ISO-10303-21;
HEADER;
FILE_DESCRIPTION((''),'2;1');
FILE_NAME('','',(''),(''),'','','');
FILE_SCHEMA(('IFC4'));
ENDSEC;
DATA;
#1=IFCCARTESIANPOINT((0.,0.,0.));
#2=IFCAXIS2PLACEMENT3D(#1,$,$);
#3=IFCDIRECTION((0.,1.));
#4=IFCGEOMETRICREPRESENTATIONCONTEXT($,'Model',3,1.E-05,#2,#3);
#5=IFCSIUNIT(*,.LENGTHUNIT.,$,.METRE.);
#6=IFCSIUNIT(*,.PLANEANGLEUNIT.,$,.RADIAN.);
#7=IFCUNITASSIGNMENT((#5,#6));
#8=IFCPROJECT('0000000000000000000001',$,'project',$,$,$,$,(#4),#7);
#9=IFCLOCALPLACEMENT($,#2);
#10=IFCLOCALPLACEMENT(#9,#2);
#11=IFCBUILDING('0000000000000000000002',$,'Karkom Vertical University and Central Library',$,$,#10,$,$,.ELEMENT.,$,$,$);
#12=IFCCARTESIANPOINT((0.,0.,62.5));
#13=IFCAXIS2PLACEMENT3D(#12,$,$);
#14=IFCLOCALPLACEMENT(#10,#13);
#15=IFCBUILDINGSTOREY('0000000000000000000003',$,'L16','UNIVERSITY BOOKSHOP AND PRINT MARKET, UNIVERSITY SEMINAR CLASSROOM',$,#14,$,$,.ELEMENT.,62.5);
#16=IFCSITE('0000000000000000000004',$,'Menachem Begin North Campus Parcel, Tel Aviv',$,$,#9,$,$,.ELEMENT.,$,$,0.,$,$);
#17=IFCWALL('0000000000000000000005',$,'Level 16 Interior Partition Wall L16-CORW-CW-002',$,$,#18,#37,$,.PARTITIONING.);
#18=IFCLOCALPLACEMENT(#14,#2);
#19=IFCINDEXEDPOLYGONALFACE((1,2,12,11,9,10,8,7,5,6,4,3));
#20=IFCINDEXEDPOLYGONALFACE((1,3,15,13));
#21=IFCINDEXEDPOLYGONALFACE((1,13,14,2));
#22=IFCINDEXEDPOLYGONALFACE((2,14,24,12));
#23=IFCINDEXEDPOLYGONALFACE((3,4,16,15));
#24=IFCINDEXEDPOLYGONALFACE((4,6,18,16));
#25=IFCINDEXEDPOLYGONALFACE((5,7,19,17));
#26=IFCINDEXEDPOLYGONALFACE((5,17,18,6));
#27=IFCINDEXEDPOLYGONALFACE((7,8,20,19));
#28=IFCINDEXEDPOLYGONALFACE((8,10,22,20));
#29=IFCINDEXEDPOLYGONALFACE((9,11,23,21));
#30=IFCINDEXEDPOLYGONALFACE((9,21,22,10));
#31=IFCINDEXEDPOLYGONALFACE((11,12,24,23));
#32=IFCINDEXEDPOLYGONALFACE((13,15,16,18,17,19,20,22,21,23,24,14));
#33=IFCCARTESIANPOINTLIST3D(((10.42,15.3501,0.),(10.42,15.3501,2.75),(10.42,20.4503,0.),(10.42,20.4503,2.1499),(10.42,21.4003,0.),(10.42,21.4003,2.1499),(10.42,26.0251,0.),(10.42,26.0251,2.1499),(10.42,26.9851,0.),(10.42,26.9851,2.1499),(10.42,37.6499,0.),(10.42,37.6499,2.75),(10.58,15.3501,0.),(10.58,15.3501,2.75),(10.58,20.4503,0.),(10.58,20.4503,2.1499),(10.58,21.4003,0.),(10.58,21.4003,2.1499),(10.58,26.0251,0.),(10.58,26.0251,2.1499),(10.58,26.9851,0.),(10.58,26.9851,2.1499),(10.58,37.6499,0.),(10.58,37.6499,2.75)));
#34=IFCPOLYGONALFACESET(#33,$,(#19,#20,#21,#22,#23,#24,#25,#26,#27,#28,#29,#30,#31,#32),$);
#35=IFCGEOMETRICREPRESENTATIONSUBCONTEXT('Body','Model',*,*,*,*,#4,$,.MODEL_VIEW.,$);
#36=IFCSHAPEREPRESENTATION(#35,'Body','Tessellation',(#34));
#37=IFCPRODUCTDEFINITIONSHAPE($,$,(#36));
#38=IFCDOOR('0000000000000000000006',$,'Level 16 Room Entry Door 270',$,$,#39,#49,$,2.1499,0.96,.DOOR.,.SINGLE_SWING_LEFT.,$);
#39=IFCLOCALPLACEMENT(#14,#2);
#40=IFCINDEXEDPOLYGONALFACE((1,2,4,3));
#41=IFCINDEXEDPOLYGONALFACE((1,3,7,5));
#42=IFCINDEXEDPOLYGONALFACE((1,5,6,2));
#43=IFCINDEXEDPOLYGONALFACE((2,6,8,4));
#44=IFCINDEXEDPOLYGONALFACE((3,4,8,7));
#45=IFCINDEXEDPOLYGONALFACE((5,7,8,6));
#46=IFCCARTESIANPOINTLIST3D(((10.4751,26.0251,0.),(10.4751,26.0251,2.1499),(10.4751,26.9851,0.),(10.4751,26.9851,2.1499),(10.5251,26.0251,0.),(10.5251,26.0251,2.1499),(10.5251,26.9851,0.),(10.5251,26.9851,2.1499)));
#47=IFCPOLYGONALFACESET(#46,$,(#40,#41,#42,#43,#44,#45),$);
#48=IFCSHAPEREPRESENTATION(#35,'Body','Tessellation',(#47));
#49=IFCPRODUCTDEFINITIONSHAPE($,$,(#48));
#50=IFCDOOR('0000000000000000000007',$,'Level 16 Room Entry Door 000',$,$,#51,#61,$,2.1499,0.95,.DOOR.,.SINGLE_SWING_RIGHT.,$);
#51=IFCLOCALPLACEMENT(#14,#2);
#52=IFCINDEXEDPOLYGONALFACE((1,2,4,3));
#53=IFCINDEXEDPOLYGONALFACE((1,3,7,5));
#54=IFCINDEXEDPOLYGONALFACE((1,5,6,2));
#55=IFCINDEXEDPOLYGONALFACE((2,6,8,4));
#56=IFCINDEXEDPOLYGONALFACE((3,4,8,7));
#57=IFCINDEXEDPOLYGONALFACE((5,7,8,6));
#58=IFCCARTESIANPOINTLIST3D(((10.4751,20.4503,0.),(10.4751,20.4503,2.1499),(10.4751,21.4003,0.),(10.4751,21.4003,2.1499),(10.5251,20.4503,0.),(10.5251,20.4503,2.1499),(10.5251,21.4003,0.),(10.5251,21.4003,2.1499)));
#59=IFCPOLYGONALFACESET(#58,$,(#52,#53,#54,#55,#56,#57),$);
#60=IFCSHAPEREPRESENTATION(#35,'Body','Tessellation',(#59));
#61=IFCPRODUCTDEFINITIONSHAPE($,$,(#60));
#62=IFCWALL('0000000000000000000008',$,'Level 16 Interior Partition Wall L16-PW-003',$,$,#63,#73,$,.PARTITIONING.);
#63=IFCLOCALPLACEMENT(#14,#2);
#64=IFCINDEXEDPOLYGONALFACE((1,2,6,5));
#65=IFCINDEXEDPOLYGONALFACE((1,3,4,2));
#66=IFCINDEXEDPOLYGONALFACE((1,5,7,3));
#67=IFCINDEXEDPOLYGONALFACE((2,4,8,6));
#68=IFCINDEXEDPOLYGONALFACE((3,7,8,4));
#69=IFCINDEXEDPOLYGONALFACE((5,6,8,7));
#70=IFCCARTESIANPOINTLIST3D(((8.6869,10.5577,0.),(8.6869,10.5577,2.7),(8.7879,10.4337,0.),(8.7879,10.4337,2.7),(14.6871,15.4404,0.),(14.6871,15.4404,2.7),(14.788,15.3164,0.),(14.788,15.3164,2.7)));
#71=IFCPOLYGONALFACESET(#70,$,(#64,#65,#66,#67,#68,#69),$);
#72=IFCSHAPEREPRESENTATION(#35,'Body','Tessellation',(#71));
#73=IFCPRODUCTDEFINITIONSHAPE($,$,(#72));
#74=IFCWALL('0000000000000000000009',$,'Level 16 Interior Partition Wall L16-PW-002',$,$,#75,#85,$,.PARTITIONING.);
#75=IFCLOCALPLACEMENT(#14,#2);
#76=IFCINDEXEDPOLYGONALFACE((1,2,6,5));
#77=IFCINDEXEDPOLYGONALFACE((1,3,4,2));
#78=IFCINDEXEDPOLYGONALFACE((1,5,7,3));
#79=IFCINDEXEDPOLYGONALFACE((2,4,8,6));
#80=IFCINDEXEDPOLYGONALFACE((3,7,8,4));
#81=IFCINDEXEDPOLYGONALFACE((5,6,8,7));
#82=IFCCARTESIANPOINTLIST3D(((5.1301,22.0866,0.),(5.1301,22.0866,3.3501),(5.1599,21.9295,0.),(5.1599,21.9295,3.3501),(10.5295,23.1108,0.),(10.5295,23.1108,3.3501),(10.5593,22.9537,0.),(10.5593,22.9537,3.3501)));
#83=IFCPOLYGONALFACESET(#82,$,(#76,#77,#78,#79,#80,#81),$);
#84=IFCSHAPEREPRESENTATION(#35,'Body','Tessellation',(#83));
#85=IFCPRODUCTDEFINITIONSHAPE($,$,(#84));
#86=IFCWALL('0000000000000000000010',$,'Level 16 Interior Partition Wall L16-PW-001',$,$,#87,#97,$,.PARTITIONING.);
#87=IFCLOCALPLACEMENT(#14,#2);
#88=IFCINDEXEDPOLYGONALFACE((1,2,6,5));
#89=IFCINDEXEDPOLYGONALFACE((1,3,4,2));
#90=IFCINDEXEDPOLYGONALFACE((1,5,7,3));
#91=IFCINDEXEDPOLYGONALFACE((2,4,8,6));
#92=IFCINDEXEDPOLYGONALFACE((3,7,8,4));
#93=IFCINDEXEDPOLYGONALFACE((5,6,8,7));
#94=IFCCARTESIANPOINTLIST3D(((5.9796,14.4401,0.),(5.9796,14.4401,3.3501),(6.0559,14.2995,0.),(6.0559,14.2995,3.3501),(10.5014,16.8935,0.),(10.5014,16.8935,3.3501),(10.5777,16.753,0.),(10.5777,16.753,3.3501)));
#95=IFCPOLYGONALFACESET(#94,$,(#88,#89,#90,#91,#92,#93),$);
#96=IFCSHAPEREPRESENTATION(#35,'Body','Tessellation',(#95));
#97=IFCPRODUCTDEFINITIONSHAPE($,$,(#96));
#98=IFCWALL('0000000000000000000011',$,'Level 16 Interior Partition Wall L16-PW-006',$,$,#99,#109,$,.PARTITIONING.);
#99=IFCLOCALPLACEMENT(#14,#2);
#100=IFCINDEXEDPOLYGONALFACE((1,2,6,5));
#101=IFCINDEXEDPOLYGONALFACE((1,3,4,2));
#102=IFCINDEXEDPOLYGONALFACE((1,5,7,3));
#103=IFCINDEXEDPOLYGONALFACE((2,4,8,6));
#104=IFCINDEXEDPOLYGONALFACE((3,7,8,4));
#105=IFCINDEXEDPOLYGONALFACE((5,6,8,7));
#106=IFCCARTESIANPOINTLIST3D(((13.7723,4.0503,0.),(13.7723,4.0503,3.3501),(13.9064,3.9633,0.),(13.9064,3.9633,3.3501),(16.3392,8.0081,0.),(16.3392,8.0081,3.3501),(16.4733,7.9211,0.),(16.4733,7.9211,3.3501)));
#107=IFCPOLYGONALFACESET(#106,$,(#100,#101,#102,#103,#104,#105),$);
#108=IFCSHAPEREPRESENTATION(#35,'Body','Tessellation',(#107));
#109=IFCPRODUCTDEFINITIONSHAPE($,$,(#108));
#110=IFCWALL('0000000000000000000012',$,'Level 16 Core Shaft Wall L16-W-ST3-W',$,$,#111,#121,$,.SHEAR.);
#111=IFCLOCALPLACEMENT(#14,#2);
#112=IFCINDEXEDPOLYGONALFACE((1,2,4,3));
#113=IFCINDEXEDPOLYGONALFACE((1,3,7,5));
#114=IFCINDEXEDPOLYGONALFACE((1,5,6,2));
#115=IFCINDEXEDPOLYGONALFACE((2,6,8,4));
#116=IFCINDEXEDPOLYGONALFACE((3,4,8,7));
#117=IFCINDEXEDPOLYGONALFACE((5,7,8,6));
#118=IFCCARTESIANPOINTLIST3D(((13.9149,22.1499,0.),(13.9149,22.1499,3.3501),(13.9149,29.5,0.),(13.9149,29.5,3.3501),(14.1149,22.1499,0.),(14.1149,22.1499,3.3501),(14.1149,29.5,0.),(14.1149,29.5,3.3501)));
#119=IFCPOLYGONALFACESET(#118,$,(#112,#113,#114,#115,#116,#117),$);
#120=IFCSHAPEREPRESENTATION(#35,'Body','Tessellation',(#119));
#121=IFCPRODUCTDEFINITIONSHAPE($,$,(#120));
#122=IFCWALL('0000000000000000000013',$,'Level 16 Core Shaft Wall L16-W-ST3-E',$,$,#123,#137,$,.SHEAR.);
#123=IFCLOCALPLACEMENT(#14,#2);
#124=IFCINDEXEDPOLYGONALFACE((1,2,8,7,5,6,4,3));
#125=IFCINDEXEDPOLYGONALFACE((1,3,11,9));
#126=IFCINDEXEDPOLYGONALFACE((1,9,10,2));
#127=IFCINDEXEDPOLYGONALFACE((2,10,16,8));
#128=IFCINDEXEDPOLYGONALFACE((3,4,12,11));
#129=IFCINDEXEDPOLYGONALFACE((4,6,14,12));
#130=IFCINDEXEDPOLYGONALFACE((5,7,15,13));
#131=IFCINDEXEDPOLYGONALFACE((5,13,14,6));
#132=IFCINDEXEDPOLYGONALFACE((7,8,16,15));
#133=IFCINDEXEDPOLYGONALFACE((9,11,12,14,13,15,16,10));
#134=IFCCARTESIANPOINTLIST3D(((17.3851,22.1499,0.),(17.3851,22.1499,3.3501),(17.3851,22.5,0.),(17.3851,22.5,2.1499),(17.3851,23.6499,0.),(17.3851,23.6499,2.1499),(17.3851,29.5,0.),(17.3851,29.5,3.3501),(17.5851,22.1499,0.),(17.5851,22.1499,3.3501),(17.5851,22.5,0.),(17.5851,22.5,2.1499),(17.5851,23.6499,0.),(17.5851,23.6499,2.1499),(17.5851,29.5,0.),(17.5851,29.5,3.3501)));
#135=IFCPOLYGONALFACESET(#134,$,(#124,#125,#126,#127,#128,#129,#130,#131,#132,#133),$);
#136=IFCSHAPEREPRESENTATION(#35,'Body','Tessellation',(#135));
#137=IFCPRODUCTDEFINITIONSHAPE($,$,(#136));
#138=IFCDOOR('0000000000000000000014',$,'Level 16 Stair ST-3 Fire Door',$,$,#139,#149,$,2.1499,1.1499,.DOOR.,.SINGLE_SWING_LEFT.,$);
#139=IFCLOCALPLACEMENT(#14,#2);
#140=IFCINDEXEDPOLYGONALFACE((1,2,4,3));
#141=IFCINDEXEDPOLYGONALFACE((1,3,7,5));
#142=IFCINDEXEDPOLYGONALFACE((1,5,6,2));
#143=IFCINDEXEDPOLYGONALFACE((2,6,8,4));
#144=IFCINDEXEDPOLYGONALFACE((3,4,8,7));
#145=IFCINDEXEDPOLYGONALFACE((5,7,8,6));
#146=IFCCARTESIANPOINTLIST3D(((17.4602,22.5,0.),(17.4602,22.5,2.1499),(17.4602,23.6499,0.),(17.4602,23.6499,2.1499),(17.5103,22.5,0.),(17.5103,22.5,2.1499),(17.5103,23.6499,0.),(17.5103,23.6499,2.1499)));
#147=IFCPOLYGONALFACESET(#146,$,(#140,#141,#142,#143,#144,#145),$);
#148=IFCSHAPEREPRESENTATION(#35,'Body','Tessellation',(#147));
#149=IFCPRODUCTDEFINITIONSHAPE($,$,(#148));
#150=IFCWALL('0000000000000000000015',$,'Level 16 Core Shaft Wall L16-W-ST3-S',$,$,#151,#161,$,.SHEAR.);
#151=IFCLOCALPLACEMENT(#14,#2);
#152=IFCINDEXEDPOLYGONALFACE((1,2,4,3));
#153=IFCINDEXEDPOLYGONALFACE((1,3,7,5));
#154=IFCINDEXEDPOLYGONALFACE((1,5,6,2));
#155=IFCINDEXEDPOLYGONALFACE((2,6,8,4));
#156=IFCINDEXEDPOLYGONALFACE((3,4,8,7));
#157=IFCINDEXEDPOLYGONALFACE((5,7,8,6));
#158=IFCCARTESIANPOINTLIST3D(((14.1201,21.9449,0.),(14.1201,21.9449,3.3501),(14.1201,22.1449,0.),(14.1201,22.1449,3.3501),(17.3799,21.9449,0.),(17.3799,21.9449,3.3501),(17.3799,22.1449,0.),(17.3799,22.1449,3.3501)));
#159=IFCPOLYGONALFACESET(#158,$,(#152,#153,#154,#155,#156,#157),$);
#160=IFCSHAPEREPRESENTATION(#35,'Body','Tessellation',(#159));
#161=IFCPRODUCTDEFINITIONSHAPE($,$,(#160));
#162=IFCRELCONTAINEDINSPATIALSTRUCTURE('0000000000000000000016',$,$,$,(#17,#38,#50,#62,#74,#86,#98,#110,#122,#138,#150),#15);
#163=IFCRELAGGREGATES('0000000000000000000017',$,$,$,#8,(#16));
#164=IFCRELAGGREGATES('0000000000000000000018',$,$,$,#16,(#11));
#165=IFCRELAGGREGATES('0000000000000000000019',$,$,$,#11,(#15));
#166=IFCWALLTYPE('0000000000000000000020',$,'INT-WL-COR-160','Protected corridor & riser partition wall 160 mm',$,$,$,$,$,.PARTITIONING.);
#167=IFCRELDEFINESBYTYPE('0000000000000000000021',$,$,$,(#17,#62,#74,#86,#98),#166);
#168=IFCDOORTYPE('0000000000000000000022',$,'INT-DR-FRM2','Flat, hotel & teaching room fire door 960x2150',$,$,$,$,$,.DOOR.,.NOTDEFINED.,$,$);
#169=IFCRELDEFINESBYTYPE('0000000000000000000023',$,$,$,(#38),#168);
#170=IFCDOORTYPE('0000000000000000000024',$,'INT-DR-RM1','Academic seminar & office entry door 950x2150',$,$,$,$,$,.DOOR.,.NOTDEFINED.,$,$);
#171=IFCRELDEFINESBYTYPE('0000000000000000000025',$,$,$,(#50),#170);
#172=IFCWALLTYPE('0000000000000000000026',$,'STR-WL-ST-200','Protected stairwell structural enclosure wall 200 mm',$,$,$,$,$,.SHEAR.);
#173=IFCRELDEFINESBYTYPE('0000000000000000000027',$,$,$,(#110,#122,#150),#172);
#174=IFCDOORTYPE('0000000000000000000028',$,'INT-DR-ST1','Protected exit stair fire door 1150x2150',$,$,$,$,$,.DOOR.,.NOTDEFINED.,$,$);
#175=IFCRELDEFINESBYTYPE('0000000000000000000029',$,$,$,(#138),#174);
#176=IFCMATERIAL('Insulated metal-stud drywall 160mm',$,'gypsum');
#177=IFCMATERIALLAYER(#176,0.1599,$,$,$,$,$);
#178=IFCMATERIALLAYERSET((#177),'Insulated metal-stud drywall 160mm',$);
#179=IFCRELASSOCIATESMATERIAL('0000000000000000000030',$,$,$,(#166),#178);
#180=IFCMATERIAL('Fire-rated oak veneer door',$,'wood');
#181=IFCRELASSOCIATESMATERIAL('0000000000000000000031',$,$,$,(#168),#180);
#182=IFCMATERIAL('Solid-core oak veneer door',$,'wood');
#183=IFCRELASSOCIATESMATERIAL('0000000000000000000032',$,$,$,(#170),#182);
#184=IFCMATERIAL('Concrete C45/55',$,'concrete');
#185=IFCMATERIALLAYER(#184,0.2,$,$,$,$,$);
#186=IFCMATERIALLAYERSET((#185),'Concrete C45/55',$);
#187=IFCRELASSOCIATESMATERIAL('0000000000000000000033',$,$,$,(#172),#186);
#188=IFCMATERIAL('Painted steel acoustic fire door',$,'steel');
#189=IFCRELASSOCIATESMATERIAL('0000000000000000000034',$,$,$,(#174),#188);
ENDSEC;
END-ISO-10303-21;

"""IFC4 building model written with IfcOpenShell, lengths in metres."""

from ifc_helpers import new_model, si_unit, direction, frame, frame_2d, origin, origin_with_axes, place, context, subcontext, project, spatial, rectangle, extrude, source, transform, mapped, material, layer, layer_set, type_object, element, fill, save


model = new_model("IFC4")

# Units and contexts
model_context = context("Model", 3, precision=1e-05, world=origin(), true_north=direction((0.0, 1.0)))
body_context = subcontext(model_context, "Body", "Model", "MODEL_VIEW")
ifc_project = project(units=[si_unit("LENGTHUNIT", "METRE"), si_unit("PLANEANGLEUNIT", "RADIAN")], contexts=[model_context])

# Site, building, storey
site_placement = place(None, origin())
site = spatial("IfcSite", under=ifc_project, at=site_placement, Name="Menachem Begin North Campus Parcel, Tel Aviv", CompositionType="ELEMENT", RefElevation=0.0)
building_placement = place(site_placement, origin())
building = spatial("IfcBuilding", under=site, at=building_placement, Name="Karkom Vertical University and Central Library", CompositionType="ELEMENT")
storey_placement = place(building_placement, frame((0.0, 0.0, 62.5)))
storey = spatial("IfcBuildingStorey", under=building, at=storey_placement, Name="L16", Description="UNIVERSITY BOOKSHOP AND PRINT MARKET, UNIVERSITY SEMINAR CLASSROOM", CompositionType="ELEMENT", Elevation=62.5)

# Shared definitions
ifc_material_1 = material(Name="Concrete C45/55", Category="concrete")

# Wall, openings, doors
ifc_material_2 = material(Name="Insulated metal-stud drywall 160mm", Category="gypsum")
ifc_layer_1 = layer(ifc_material_2, 0.1599)
ifc_layer_set_1 = layer_set([ifc_layer_1], Name="Insulated metal-stud drywall 160mm")
wall_type_1 = type_object("IfcWallType", Name="INT-WL-COR-160", Description="Protected corridor & riser partition wall 160 mm", PredefinedType="PARTITIONING", material=ifc_layer_set_1)
wall_1_placement = place(storey_placement, frame((10.5, 15.3501, 0.0), z_axis=(0.0, 0.0, 1.0), x_axis=(0.0, 1.0, 0.0)))
wall_1 = element("IfcWall", 1, at=wall_1_placement, inside=storey, type_object=wall_type_1, Name="Level 16 Interior Partition Wall L16-CORW-CW-002", PredefinedType="PARTITIONING", context=body_context, shape_type="SweptSolid", body=[
    extrude(rectangle(XDim=22.2998, YDim=0.1599, at=frame_2d((11.1499, 0.0))), origin(), (0.0, 0.0, 1.0), 2.75),
])
opening_1_placement = place(wall_1_placement, frame((5.1001, 0.0, 0.0)))
opening_1 = element("IfcOpeningElement", 2, at=opening_1_placement, cuts=wall_1, PredefinedType="OPENING", context=body_context, shape_type="SweptSolid", body=[
    extrude(rectangle(XDim=0.95, YDim=2.1499, at=frame_2d((0.4751, 1.075))), frame((0.0, 0.0898, 0.0), z_axis=(0.0, -1.0, 0.0), x_axis=(1.0, 0.0, 0.0)), (0.0, 0.0, 1.0), 0.1799),
])
opening_2_placement = place(wall_1_placement, frame((10.675, 0.0, 0.0)))
opening_2 = element("IfcOpeningElement", 3, at=opening_2_placement, cuts=wall_1, PredefinedType="OPENING", context=body_context, shape_type="SweptSolid", body=[
    extrude(rectangle(XDim=0.96, YDim=2.1499, at=frame_2d((0.48, 1.075))), frame((0.0, 0.0898, 0.0), z_axis=(0.0, -1.0, 0.0), x_axis=(1.0, 0.0, 0.0)), (0.0, 0.0, 1.0), 0.1799),
])
ifc_material_3 = material(Name="Fire-rated oak veneer door", Category="wood")
door_type_1 = type_object("IfcDoorType", Name="INT-DR-FRM2", Description="Flat, hotel & teaching room fire door 960x2150", OperationType="NOTDEFINED", PredefinedType="DOOR", material=ifc_material_3)
shared_shape_1 = source(origin_with_axes(), body_context, "Body", "SweptSolid", [
    extrude(rectangle(XDim=0.96, YDim=2.1499, at=frame_2d((0.48, 1.075))), frame((0.0, 0.0249, 0.0), z_axis=(0.0, -1.0, 0.0), x_axis=(1.0, 0.0, 0.0)), (0.0, 0.0, 1.0), 0.05),
])
door_1_placement = place(opening_2_placement, origin())
door_1 = element("IfcDoor", 4, at=door_1_placement, inside=storey, type_object=door_type_1, Name="Level 16 Room Entry Door 270", OperationType="SINGLE_SWING_LEFT", OverallHeight=2.1499, OverallWidth=0.96, PredefinedType="DOOR", context=body_context, shape_type="MappedRepresentation", body=[
    mapped(shared_shape_1, transform((0.0, 0.0, 0.0), scale=1.0)),
])
fill(opening_2, door_1)
ifc_material_4 = material(Name="Solid-core oak veneer door", Category="wood")
door_type_2 = type_object("IfcDoorType", Name="INT-DR-RM1", Description="Academic seminar & office entry door 950x2150", OperationType="NOTDEFINED", PredefinedType="DOOR", material=ifc_material_4)
shared_shape_2 = source(origin_with_axes(), body_context, "Body", "SweptSolid", [
    extrude(rectangle(XDim=0.95, YDim=2.1499, at=frame_2d((0.4751, 1.075))), frame((0.0, 0.0249, 0.0), z_axis=(0.0, -1.0, 0.0), x_axis=(1.0, 0.0, 0.0)), (0.0, 0.0, 1.0), 0.05),
])
door_2_placement = place(opening_1_placement, origin())
door_2 = element("IfcDoor", 5, at=door_2_placement, inside=storey, type_object=door_type_2, Name="Level 16 Room Entry Door 000", OperationType="SINGLE_SWING_RIGHT", OverallHeight=2.1499, OverallWidth=0.95, PredefinedType="DOOR", context=body_context, shape_type="MappedRepresentation", body=[
    mapped(shared_shape_2, transform((0.0, 0.0, 0.0), scale=1.0)),
])
fill(opening_1, door_2)

# Walls
wall_2_placement = place(storey_placement, frame((14.7375, 15.3784, 0.0), z_axis=(0.0, 0.0, 1.0), x_axis=(-0.775632, -0.631185, 0.0)))
element("IfcWall", 6, at=wall_2_placement, inside=storey, type_object=wall_type_1, Name="Level 16 Interior Partition Wall L16-PW-003", PredefinedType="PARTITIONING", context=body_context, shape_type="SweptSolid", body=[
    extrude(rectangle(XDim=7.7358, YDim=0.1599, at=frame_2d((3.8679, 0.0))), origin(), (0.0, 0.0, 1.0), 2.7),
])
wall_3_placement = place(storey_placement, frame((5.145, 22.0081, 0.0), z_axis=(0.0, 0.0, 1.0), x_axis=(0.982482, 0.186359, 0.0)))
element("IfcWall", 7, at=wall_3_placement, inside=storey, type_object=wall_type_1, Name="Level 16 Interior Partition Wall L16-PW-002", PredefinedType="PARTITIONING", context=body_context, shape_type="SweptSolid", body=[
    extrude(rectangle(XDim=5.4956, YDim=0.1599, at=frame_2d((2.7478, 0.0))), origin(), (0.0, 0.0, 1.0), 3.3501),
])
wall_4_placement = place(storey_placement, frame((10.5396, 16.8232, 0.0), z_axis=(0.0, 0.0, 1.0), x_axis=(-0.878958, -0.476899, 0.0)))
element("IfcWall", 8, at=wall_4_placement, inside=storey, type_object=wall_type_1, Name="Level 16 Interior Partition Wall L16-PW-001", PredefinedType="PARTITIONING", context=body_context, shape_type="SweptSolid", body=[
    extrude(rectangle(XDim=5.1445, YDim=0.1599, at=frame_2d((2.5723, 0.0))), origin(), (0.0, 0.0, 1.0), 3.3501),
])
wall_5_placement = place(storey_placement, frame((16.4062, 7.9646, 0.0), z_axis=(0.0, 0.0, 1.0), x_axis=(-0.544146, -0.838991, 0.0)))
element("IfcWall", 9, at=wall_5_placement, inside=storey, type_object=wall_type_1, Name="Level 16 Interior Partition Wall L16-PW-006", PredefinedType="PARTITIONING", context=body_context, shape_type="SweptSolid", body=[
    extrude(rectangle(XDim=4.7173, YDim=0.1599, at=frame_2d((2.3586, 0.0))), origin(), (0.0, 0.0, 1.0), 3.3501),
])
ifc_layer_2 = layer(ifc_material_1, 0.2)
ifc_layer_set_2 = layer_set([ifc_layer_2], Name="Concrete C45/55")
wall_type_2 = type_object("IfcWallType", Name="STR-WL-ST-200", Description="Protected stairwell structural enclosure wall 200 mm", PredefinedType="SHEAR", material=ifc_layer_set_2)
wall_6_placement = place(storey_placement, frame((14.0149, 22.1499, 0.0), z_axis=(0.0, 0.0, 1.0), x_axis=(0.0, 1.0, 0.0)))
element("IfcWall", 10, at=wall_6_placement, inside=storey, type_object=wall_type_2, Name="Level 16 Core Shaft Wall L16-W-ST3-W", PredefinedType="SHEAR", context=body_context, shape_type="SweptSolid", body=[
    extrude(rectangle(XDim=7.3501, YDim=0.2, at=frame_2d((3.675, 0.0))), origin(), (0.0, 0.0, 1.0), 3.3501),
])

# Wall, opening, door
wall_7_placement = place(storey_placement, frame((17.4851, 22.1499, 0.0), z_axis=(0.0, 0.0, 1.0), x_axis=(0.0, 1.0, 0.0)))
wall_7 = element("IfcWall", 11, at=wall_7_placement, inside=storey, type_object=wall_type_2, Name="Level 16 Core Shaft Wall L16-W-ST3-E", PredefinedType="SHEAR", context=body_context, shape_type="SweptSolid", body=[
    extrude(rectangle(XDim=7.3501, YDim=0.2, at=frame_2d((3.675, 0.0))), origin(), (0.0, 0.0, 1.0), 3.3501),
])
opening_3_placement = place(wall_7_placement, frame((0.3501, 0.0, 0.0)))
opening_3 = element("IfcOpeningElement", 12, at=opening_3_placement, cuts=wall_7, PredefinedType="OPENING", context=body_context, shape_type="SweptSolid", body=[
    extrude(rectangle(XDim=1.1499, YDim=2.1499, at=frame_2d((0.575, 1.075))), frame((0.0, 0.1099, 0.0), z_axis=(0.0, -1.0, 0.0), x_axis=(1.0, 0.0, 0.0)), (0.0, 0.0, 1.0), 0.22),
])
ifc_material_5 = material(Name="Painted steel acoustic fire door", Category="steel")
door_type_3 = type_object("IfcDoorType", Name="INT-DR-ST1", Description="Protected exit stair fire door 1150x2150", OperationType="NOTDEFINED", PredefinedType="DOOR", material=ifc_material_5)
shared_shape_3 = source(origin_with_axes(), body_context, "Body", "SweptSolid", [
    extrude(rectangle(XDim=1.1499, YDim=2.1499, at=frame_2d((0.575, 1.075))), frame((0.0, 0.0249, 0.0), z_axis=(0.0, -1.0, 0.0), x_axis=(1.0, 0.0, 0.0)), (0.0, 0.0, 1.0), 0.05),
])
door_3_placement = place(opening_3_placement, origin())
door_3 = element("IfcDoor", 13, at=door_3_placement, inside=storey, type_object=door_type_3, Name="Level 16 Stair ST-3 Fire Door", OperationType="SINGLE_SWING_LEFT", OverallHeight=2.1499, OverallWidth=1.1499, PredefinedType="DOOR", context=body_context, shape_type="MappedRepresentation", body=[
    mapped(shared_shape_3, transform((0.0, 0.0, 0.0), scale=1.0)),
])
fill(opening_3, door_3)

# Wall
wall_8_placement = place(storey_placement, frame((14.1201, 22.0449, 0.0), z_axis=(0.0, 0.0, 1.0), x_axis=(1.0, 0.0, 0.0)))
element("IfcWall", 14, at=wall_8_placement, inside=storey, type_object=wall_type_2, Name="Level 16 Core Shaft Wall L16-W-ST3-S", PredefinedType="SHEAR", context=body_context, shape_type="SweptSolid", body=[
    extrude(rectangle(XDim=3.2598, YDim=0.2, at=frame_2d((1.6299, 0.0))), origin(), (0.0, 0.0, 1.0), 3.3501),
])

save(model, "model.ifc")
